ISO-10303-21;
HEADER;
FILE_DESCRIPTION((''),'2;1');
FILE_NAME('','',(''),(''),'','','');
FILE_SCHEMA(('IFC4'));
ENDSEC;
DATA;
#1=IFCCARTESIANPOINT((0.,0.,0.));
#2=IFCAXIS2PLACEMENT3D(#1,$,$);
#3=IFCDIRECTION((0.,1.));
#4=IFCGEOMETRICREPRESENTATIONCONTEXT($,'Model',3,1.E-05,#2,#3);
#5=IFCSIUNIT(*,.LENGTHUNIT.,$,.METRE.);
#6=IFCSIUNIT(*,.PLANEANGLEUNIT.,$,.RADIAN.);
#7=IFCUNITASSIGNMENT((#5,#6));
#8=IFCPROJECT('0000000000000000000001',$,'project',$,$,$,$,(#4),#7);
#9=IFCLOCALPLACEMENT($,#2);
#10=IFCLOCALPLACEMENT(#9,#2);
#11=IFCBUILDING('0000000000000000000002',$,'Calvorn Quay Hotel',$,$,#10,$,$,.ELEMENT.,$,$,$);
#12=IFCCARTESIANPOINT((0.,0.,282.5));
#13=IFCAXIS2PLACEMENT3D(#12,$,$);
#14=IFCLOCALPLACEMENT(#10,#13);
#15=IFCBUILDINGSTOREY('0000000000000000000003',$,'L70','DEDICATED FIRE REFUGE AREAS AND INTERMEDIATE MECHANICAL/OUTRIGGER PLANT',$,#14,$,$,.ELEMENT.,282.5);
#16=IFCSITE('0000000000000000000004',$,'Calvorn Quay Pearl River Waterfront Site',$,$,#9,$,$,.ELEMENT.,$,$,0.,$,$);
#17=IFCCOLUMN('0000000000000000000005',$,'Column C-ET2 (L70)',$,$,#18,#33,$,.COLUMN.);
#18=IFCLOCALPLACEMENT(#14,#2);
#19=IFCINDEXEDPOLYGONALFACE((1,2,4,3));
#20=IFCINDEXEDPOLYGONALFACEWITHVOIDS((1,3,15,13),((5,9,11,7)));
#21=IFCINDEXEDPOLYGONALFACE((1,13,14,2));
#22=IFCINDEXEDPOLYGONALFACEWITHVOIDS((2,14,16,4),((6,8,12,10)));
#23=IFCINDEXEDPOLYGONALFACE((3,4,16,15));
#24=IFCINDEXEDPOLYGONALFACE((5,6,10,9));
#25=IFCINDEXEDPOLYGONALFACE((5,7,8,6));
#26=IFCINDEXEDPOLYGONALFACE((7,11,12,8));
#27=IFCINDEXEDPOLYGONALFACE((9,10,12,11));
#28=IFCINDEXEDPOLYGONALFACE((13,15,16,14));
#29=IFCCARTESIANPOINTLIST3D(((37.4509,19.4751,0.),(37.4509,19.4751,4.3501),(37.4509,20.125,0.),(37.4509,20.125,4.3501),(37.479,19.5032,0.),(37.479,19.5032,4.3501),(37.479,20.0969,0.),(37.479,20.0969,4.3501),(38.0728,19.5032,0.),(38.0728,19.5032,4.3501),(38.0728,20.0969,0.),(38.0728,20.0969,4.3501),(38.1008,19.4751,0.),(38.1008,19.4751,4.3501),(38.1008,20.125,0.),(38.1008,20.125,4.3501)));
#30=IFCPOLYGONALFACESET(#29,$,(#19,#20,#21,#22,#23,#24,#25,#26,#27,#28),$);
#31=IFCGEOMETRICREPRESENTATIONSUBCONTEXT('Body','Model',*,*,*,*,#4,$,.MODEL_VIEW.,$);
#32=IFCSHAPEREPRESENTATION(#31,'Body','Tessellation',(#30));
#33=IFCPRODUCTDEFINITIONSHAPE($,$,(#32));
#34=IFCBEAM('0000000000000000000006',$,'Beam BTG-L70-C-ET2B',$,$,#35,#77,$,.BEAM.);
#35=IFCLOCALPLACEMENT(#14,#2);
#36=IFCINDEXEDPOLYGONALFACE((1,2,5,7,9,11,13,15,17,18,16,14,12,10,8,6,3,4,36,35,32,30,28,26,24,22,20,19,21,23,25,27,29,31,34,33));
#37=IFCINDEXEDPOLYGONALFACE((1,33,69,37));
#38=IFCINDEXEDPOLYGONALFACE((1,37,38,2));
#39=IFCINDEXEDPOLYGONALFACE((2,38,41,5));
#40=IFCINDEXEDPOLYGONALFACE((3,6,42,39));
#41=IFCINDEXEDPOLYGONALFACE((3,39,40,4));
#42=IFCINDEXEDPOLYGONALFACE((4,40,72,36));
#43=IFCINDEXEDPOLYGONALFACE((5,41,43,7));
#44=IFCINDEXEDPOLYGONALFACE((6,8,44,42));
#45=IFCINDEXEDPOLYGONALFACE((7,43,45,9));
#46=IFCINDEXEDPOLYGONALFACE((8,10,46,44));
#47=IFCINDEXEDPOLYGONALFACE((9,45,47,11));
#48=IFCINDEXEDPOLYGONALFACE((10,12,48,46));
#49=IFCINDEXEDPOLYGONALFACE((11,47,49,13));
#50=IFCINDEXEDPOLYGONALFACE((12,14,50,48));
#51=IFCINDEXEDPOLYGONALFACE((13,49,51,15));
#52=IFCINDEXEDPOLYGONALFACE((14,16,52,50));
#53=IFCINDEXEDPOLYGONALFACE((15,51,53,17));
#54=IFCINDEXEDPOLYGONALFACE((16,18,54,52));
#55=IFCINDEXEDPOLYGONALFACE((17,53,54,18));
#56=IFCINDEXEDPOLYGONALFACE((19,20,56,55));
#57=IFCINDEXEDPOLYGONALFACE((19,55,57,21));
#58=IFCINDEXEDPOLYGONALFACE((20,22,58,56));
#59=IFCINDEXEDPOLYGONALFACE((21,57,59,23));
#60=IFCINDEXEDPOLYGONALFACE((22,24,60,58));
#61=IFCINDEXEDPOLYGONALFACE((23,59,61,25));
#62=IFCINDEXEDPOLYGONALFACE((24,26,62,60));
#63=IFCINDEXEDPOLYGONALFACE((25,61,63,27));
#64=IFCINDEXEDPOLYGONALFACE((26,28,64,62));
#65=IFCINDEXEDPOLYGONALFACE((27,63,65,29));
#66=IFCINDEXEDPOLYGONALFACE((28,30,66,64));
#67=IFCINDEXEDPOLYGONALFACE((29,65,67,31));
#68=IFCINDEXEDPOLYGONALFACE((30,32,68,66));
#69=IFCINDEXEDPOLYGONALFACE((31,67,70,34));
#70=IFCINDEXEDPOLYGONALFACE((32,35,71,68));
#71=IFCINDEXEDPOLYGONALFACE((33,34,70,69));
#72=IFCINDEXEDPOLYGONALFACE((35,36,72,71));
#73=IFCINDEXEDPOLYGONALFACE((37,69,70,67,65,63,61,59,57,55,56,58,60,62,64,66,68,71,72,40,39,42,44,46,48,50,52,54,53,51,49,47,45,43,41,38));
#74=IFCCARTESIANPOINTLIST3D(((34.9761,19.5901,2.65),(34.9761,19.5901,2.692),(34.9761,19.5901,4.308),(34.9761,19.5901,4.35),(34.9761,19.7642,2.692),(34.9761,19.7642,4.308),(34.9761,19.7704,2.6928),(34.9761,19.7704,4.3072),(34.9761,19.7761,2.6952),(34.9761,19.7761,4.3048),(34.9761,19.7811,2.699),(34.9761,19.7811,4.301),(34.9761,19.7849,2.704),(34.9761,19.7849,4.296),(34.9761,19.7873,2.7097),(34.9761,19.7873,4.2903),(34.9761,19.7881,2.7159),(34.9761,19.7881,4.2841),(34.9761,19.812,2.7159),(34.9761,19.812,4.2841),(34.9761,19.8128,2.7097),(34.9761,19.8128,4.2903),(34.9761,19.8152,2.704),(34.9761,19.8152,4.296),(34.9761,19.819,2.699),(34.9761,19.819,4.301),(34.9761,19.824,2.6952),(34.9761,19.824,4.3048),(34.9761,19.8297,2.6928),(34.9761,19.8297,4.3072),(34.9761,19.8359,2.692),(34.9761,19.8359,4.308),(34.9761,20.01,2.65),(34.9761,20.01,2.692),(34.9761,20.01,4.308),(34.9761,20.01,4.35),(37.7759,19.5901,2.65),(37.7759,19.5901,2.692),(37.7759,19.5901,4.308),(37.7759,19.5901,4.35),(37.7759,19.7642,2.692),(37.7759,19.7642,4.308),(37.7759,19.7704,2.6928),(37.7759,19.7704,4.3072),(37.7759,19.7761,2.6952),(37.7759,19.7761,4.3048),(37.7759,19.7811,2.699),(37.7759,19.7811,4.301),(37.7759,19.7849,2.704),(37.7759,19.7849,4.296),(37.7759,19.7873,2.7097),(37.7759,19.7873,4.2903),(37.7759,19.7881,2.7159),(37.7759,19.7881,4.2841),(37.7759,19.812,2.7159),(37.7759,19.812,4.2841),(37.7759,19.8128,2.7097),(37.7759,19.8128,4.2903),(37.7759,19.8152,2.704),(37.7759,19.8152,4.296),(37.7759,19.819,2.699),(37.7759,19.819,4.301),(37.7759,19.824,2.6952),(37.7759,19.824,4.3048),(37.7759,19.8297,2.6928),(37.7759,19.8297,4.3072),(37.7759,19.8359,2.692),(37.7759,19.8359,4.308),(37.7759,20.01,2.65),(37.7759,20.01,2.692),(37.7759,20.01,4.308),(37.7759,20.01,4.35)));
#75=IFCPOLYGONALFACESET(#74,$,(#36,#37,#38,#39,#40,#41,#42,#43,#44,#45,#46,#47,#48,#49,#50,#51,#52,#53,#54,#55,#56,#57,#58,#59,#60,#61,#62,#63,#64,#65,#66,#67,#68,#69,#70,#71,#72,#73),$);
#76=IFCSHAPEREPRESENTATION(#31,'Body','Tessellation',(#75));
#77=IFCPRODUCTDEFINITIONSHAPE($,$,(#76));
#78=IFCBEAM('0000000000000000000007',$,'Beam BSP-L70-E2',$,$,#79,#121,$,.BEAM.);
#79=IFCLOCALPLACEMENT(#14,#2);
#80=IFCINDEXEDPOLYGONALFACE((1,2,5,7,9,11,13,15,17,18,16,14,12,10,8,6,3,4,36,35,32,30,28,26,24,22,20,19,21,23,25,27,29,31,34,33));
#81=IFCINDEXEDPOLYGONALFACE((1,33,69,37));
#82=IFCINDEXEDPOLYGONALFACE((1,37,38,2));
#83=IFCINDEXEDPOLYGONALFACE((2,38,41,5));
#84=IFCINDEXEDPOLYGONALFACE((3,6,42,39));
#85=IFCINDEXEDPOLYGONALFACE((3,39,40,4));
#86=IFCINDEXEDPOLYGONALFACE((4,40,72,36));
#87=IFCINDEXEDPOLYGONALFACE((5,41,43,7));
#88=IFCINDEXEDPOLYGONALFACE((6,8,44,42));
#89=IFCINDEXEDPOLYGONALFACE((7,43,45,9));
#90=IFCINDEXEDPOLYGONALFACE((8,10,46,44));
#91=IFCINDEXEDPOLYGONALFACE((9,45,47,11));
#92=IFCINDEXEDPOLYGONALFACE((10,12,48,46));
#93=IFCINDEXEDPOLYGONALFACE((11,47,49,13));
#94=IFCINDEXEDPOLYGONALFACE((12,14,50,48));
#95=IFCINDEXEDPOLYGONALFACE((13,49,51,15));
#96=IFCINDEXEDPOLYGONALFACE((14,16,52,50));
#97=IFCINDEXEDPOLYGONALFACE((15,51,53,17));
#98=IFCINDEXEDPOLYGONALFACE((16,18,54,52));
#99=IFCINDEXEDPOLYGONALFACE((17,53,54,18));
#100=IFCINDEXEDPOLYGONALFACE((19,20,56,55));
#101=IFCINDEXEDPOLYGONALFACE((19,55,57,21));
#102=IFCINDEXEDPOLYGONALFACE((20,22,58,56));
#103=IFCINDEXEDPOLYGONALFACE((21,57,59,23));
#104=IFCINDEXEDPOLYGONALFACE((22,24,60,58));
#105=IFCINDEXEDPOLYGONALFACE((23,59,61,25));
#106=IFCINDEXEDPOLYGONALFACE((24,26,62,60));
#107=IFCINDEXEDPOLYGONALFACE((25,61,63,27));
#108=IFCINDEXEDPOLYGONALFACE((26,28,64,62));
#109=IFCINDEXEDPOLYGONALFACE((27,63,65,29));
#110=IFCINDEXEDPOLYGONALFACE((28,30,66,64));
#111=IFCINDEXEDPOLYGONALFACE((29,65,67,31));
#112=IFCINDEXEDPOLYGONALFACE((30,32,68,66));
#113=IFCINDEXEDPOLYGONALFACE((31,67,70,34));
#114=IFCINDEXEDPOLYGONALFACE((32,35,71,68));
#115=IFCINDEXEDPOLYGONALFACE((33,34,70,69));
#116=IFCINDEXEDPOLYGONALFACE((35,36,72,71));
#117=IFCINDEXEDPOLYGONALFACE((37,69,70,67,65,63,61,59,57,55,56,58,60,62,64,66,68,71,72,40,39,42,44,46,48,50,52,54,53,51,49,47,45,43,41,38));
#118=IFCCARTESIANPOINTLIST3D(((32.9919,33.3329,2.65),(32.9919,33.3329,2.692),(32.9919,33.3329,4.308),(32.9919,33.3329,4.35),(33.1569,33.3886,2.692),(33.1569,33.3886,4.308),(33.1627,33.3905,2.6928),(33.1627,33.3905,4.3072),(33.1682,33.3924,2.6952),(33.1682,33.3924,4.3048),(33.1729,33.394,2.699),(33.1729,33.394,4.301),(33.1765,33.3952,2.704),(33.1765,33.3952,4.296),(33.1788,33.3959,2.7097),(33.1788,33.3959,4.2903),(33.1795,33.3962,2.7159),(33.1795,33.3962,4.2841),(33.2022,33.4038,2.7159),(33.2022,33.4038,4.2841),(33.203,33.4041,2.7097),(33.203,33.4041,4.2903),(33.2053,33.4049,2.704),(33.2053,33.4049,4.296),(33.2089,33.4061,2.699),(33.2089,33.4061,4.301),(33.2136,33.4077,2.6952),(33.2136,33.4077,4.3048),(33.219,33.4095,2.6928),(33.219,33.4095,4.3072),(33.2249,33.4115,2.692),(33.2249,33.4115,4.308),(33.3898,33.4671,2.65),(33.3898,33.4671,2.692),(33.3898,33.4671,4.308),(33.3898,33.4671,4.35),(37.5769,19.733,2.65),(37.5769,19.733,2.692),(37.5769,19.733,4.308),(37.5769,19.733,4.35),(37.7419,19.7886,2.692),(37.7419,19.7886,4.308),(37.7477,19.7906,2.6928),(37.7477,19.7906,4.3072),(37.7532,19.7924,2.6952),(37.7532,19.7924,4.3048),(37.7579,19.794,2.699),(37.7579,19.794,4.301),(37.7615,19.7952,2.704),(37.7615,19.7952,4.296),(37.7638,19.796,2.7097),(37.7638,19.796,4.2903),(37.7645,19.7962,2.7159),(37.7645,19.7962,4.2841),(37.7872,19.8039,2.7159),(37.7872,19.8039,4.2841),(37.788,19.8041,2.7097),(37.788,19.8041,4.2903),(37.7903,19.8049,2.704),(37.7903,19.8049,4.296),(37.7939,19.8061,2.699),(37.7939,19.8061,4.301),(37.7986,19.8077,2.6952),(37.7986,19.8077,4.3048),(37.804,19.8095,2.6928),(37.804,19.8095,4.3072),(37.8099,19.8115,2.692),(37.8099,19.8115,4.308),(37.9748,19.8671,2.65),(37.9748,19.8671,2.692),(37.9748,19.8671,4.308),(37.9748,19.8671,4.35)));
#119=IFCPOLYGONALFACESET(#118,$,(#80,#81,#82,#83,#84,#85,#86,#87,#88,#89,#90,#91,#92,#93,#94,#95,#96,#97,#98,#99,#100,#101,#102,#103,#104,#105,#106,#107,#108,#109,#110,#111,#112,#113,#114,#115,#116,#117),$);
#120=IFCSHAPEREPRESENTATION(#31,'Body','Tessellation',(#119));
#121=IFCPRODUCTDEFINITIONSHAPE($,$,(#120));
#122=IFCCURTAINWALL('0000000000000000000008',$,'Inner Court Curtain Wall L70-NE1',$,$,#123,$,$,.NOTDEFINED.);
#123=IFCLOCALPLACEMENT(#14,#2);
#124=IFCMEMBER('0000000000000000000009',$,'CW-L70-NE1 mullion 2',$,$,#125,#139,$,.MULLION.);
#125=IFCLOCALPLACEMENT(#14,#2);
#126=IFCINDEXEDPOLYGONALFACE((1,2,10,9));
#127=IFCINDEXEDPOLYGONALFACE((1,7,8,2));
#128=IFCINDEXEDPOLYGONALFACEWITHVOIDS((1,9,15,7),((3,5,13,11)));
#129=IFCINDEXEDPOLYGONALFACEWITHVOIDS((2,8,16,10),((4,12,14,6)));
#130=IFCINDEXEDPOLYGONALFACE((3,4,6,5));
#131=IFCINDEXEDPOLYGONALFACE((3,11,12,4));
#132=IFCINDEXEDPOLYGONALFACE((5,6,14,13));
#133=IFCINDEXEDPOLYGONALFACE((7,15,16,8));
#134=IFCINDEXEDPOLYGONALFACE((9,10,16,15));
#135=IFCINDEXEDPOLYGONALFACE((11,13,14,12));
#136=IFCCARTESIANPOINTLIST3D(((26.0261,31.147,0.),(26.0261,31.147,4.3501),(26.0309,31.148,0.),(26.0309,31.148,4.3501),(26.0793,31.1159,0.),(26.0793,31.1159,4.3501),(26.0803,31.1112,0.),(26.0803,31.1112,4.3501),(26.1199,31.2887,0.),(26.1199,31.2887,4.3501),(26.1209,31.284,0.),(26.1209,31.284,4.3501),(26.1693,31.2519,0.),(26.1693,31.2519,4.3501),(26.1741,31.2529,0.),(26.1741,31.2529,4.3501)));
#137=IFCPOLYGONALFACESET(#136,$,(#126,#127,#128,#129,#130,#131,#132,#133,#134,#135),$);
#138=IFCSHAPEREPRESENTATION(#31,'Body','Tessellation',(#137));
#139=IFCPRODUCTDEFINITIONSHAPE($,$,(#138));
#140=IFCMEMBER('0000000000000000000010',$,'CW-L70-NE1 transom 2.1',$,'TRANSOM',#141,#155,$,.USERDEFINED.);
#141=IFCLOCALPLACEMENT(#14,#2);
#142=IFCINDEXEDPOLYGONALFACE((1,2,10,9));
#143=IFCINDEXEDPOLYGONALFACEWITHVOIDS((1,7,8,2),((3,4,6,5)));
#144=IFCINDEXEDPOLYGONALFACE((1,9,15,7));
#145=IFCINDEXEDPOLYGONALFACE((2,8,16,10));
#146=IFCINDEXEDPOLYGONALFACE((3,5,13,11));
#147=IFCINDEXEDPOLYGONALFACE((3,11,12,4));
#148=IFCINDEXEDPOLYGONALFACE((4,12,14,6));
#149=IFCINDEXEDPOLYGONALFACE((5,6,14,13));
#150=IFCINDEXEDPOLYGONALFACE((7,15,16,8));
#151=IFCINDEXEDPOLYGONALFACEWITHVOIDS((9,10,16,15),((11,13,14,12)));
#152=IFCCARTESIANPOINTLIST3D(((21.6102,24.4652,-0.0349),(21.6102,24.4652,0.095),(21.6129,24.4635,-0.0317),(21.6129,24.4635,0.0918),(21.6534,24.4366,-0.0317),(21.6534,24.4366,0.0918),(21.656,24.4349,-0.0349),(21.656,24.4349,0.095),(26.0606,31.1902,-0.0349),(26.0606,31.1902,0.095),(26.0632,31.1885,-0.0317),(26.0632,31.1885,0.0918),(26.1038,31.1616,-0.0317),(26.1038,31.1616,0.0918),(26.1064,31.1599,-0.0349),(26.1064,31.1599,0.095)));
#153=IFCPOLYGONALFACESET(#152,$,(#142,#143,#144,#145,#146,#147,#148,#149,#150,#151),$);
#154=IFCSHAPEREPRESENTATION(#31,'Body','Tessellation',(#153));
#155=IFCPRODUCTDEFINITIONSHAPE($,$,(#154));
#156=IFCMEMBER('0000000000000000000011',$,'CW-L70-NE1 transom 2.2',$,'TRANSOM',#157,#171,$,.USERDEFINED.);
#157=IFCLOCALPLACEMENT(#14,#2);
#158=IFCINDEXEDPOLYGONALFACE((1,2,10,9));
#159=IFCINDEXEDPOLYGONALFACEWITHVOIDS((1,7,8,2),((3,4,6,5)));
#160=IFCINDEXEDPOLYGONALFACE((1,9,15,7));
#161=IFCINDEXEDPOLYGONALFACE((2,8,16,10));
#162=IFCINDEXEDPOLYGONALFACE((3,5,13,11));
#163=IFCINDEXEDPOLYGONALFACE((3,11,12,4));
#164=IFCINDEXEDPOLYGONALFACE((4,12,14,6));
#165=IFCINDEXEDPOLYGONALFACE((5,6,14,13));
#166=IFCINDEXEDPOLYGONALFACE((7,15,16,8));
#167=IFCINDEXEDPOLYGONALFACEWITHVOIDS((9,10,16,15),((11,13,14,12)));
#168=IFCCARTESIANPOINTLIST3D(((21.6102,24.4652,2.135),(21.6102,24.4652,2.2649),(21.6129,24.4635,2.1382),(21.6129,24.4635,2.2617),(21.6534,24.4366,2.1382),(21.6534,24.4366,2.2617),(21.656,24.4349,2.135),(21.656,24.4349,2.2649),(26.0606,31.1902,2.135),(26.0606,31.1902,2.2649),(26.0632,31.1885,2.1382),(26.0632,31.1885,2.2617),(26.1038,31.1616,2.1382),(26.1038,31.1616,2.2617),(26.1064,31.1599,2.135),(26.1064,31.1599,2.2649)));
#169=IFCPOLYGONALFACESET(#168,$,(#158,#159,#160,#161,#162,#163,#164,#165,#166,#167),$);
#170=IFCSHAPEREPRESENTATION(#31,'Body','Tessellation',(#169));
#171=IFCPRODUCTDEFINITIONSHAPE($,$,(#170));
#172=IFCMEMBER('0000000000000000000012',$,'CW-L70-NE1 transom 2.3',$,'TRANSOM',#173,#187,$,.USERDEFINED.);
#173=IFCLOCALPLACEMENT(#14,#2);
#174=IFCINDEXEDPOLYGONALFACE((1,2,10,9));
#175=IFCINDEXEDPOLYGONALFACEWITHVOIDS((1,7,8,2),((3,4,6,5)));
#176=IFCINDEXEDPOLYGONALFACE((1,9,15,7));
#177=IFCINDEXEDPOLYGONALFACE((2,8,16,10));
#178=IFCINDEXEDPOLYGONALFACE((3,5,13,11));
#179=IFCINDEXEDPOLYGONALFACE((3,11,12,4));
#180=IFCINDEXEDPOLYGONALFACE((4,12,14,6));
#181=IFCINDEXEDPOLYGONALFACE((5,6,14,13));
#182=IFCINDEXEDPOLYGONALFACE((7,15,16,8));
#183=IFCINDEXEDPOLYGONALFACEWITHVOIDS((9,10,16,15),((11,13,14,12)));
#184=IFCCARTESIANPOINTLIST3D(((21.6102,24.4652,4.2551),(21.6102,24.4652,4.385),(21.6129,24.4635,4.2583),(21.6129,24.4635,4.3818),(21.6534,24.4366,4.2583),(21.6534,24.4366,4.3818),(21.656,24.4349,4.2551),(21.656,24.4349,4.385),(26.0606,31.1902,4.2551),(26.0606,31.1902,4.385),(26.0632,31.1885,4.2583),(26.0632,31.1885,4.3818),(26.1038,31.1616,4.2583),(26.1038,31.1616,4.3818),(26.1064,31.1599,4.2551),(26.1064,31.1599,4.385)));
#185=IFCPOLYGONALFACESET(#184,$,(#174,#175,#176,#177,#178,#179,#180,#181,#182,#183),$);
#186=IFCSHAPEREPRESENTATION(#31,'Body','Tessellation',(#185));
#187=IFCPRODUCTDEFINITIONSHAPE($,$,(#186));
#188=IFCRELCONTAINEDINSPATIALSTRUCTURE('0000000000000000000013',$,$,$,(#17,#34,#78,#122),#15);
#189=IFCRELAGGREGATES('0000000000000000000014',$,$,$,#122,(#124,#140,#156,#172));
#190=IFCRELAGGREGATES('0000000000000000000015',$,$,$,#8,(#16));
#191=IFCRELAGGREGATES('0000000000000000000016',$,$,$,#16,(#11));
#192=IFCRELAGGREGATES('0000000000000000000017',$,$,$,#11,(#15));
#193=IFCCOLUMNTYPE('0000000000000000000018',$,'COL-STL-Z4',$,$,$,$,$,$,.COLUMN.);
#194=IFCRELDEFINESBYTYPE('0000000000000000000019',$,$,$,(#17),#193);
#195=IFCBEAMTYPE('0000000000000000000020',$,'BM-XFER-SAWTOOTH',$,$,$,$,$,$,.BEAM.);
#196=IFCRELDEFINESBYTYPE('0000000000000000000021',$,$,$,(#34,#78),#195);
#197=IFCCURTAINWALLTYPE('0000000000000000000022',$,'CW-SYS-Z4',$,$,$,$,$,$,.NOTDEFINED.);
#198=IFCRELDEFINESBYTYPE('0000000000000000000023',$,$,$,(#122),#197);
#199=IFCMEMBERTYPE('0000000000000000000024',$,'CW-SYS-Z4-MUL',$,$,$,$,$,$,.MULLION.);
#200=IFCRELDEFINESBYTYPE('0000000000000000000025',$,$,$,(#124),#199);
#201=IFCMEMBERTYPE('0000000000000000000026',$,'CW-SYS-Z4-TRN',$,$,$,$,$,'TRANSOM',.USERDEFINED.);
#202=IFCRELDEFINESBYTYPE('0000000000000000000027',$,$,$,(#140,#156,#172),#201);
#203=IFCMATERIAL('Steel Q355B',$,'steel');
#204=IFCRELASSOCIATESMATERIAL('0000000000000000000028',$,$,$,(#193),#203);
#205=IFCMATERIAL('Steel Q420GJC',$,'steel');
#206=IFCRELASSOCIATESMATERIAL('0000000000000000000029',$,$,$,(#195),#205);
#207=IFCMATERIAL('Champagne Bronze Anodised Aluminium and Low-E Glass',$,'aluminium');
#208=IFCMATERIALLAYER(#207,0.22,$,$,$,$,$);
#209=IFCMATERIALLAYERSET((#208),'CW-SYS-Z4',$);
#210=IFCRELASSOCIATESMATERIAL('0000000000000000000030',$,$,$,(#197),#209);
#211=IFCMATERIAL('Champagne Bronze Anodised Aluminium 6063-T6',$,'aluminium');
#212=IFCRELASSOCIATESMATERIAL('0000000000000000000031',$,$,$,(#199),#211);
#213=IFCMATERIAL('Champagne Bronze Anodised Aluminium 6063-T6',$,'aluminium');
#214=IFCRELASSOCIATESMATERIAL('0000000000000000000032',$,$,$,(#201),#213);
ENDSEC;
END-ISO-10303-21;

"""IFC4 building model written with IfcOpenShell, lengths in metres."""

from ifc_helpers import new_model, si_unit, direction, frame, origin, origin_2d, place, context, subcontext, project, spatial, hollow_rectangle, i_section, extrude, material, layer, layer_set, material_profile, profile_set, type_object, element, aggregate, save


model = new_model("IFC4")

# Units and contexts
model_context = context("Model", 3, precision=1e-05, world=origin(), true_north=direction((0.0, 1.0)))
body_context = subcontext(model_context, "Body", "Model", "MODEL_VIEW")
ifc_project = project(units=[si_unit("LENGTHUNIT", "METRE"), si_unit("PLANEANGLEUNIT", "RADIAN")], contexts=[model_context])

# Site, building, storey
site_placement = place(None, origin())
site = spatial("IfcSite", under=ifc_project, at=site_placement, Name="Calvorn Quay Pearl River Waterfront Site", CompositionType="ELEMENT", RefElevation=0.0)
building_placement = place(site_placement, origin())
building = spatial("IfcBuilding", under=site, at=building_placement, Name="Calvorn Quay Hotel", CompositionType="ELEMENT")
storey_placement = place(building_placement, frame((0.0, 0.0, 282.5)))
storey = spatial("IfcBuildingStorey", under=building, at=storey_placement, Name="L70", Description="DEDICATED FIRE REFUGE AREAS AND INTERMEDIATE MECHANICAL/OUTRIGGER PLANT", CompositionType="ELEMENT", Elevation=282.5)

# Column
ifc_material_1 = material(Name="Steel Q355B", Category="steel")
ifc_material_profile_1 = material_profile(ifc_material_1, hollow_rectangle(XDim=0.6499, YDim=0.6499, WallThickness=0.0281, at=origin_2d()), Name="BOX650x650x28")
ifc_profile_set_1 = profile_set([ifc_material_profile_1], Name="Steel Q355B")
column_type = type_object("IfcColumnType", Name="COL-STL-Z4", PredefinedType="COLUMN", material=ifc_profile_set_1)
column_placement = place(storey_placement, frame((37.7759, 19.8, 0.0), z_axis=(0.0, 0.0, 1.0), x_axis=(1.0, 0.0, 0.0)))
element("IfcColumn", 1, at=column_placement, inside=storey, type_object=column_type, Name="Column C-ET2 (L70)", PredefinedType="COLUMN", context=body_context, shape_type="SweptSolid", body=[
    extrude(hollow_rectangle(XDim=0.6499, YDim=0.6499, WallThickness=0.0281, at=origin_2d()), origin(), (0.0, 0.0, 1.0), 4.3501),
])

# Beams
ifc_material_2 = material(Name="Steel Q420GJC", Category="steel")
ifc_material_profile_2 = material_profile(ifc_material_2, i_section(OverallWidth=0.4199, OverallDepth=1.7, WebThickness=0.0239, FlangeThickness=0.042, FilletRadius=0.0239, at=origin_2d()), Name="HN1700x420x24x42")
ifc_profile_set_2 = profile_set([ifc_material_profile_2], Name="Steel Q420GJC")
beam_type = type_object("IfcBeamType", Name="BM-XFER-SAWTOOTH", PredefinedType="BEAM", material=ifc_profile_set_2)
beam_1_placement = place(storey_placement, frame((34.9761, 19.8, 3.5), z_axis=(1.0, 0.0, 0.0), x_axis=(0.0, 1.0, 0.0)))
element("IfcBeam", 2, at=beam_1_placement, inside=storey, type_object=beam_type, Name="Beam BTG-L70-C-ET2B", PredefinedType="BEAM", context=body_context, shape_type="SweptSolid", body=[
    extrude(i_section(OverallWidth=0.4199, OverallDepth=1.7, WebThickness=0.0239, FlangeThickness=0.042, FilletRadius=0.0239, at=origin_2d()), origin(), (0.0, 0.0, 1.0), 2.7998),
])
beam_2_placement = place(storey_placement, frame((37.7759, 19.8, 3.5), z_axis=(-0.319467, 0.947598, 0.0), x_axis=(-0.947598, -0.319467, 0.0)))
element("IfcBeam", 3, at=beam_2_placement, inside=storey, type_object=beam_type, Name="Beam BSP-L70-E2", PredefinedType="BEAM", context=body_context, shape_type="SweptSolid", body=[
    extrude(i_section(OverallWidth=0.4199, OverallDepth=1.7, WebThickness=0.0239, FlangeThickness=0.042, FilletRadius=0.0239, at=origin_2d()), origin(), (0.0, 0.0, 1.0), 14.3521),
])

# Curtain wall, members
ifc_material_3 = material(Name="Champagne Bronze Anodised Aluminium and Low-E Glass", Category="aluminium")
ifc_layer_1 = layer(ifc_material_3, 0.22)
ifc_layer_set_1 = layer_set([ifc_layer_1], Name="CW-SYS-Z4")
curtain_wall_type = type_object("IfcCurtainWallType", Name="CW-SYS-Z4", PredefinedType="NOTDEFINED", material=ifc_layer_set_1)
curtain_wall_placement = place(storey_placement, origin())
curtain_wall = element("IfcCurtainWall", 4, at=curtain_wall_placement, inside=storey, type_object=curtain_wall_type, Name="Inner Court Curtain Wall L70-NE1", PredefinedType="NOTDEFINED")
ifc_material_4 = material(Name="Champagne Bronze Anodised Aluminium 6063-T6", Category="aluminium")
ifc_material_profile_3 = material_profile(ifc_material_4, hollow_rectangle(XDim=0.0649, YDim=0.1699, WallThickness=0.0034, at=origin_2d()), Name="ALU-M170x65x3.5")
ifc_profile_set_3 = profile_set([ifc_material_profile_3], Name="Champagne Bronze Anodised Aluminium 6063-T6")
member_type_1 = type_object("IfcMemberType", Name="CW-SYS-Z4-MUL", PredefinedType="MULLION", material=ifc_profile_set_3)
member_1_placement = place(storey_placement, frame((26.1001, 31.2, 0.0), z_axis=(0.0, 0.0, 1.0), x_axis=(0.833932, -0.551867, 0.0)))
member_1 = element("IfcMember", 5, at=member_1_placement, type_object=member_type_1, Name="CW-L70-NE1 mullion 2", PredefinedType="MULLION", context=body_context, shape_type="SweptSolid", body=[
    extrude(hollow_rectangle(XDim=0.0649, YDim=0.1699, WallThickness=0.0034, at=origin_2d()), origin(), (0.0, 0.0, 1.0), 4.3501),
])
ifc_material_5 = material(Name="Champagne Bronze Anodised Aluminium 6063-T6", Category="aluminium")
ifc_material_profile_4 = material_profile(ifc_material_5, hollow_rectangle(XDim=0.0549, YDim=0.1299, WallThickness=0.0032, at=origin_2d()), Name="ALU-T130x55x3.2")
ifc_profile_set_4 = profile_set([ifc_material_profile_4], Name="Champagne Bronze Anodised Aluminium 6063-T6")
member_type_2 = type_object("IfcMemberType", Name="CW-SYS-Z4-TRN", ElementType="TRANSOM", PredefinedType="USERDEFINED", material=ifc_profile_set_4)
member_2_placement = place(storey_placement, frame((26.0835, 31.175, 0.03), z_axis=(-0.551868, -0.833932, 0.0), x_axis=(0.833932, -0.551868, 0.0)))
member_2 = element("IfcMember", 6, at=member_2_placement, type_object=member_type_2, Name="CW-L70-NE1 transom 2.1", ObjectType="TRANSOM", PredefinedType="USERDEFINED", context=body_context, shape_type="SweptSolid", body=[
    extrude(hollow_rectangle(XDim=0.0549, YDim=0.1299, WallThickness=0.0032, at=origin_2d()), origin(), (0.0, 0.0, 1.0), 8.0642),
])
member_3_placement = place(storey_placement, frame((26.0835, 31.175, 2.2), z_axis=(-0.551868, -0.833932, 0.0), x_axis=(0.833932, -0.551868, 0.0)))
member_3 = element("IfcMember", 7, at=member_3_placement, type_object=member_type_2, Name="CW-L70-NE1 transom 2.2", ObjectType="TRANSOM", PredefinedType="USERDEFINED", context=body_context, shape_type="SweptSolid", body=[
    extrude(hollow_rectangle(XDim=0.0549, YDim=0.1299, WallThickness=0.0032, at=origin_2d()), origin(), (0.0, 0.0, 1.0), 8.0642),
])
member_4_placement = place(storey_placement, frame((26.0835, 31.175, 4.3201), z_axis=(-0.551868, -0.833932, 0.0), x_axis=(0.833932, -0.551868, 0.0)))
member_4 = element("IfcMember", 8, at=member_4_placement, type_object=member_type_2, Name="CW-L70-NE1 transom 2.3", ObjectType="TRANSOM", PredefinedType="USERDEFINED", context=body_context, shape_type="SweptSolid", body=[
    extrude(hollow_rectangle(XDim=0.0549, YDim=0.1299, WallThickness=0.0032, at=origin_2d()), origin(), (0.0, 0.0, 1.0), 8.0642),
])
aggregate(curtain_wall, [member_1, member_2, member_3, member_4])

save(model, "model.ifc")
